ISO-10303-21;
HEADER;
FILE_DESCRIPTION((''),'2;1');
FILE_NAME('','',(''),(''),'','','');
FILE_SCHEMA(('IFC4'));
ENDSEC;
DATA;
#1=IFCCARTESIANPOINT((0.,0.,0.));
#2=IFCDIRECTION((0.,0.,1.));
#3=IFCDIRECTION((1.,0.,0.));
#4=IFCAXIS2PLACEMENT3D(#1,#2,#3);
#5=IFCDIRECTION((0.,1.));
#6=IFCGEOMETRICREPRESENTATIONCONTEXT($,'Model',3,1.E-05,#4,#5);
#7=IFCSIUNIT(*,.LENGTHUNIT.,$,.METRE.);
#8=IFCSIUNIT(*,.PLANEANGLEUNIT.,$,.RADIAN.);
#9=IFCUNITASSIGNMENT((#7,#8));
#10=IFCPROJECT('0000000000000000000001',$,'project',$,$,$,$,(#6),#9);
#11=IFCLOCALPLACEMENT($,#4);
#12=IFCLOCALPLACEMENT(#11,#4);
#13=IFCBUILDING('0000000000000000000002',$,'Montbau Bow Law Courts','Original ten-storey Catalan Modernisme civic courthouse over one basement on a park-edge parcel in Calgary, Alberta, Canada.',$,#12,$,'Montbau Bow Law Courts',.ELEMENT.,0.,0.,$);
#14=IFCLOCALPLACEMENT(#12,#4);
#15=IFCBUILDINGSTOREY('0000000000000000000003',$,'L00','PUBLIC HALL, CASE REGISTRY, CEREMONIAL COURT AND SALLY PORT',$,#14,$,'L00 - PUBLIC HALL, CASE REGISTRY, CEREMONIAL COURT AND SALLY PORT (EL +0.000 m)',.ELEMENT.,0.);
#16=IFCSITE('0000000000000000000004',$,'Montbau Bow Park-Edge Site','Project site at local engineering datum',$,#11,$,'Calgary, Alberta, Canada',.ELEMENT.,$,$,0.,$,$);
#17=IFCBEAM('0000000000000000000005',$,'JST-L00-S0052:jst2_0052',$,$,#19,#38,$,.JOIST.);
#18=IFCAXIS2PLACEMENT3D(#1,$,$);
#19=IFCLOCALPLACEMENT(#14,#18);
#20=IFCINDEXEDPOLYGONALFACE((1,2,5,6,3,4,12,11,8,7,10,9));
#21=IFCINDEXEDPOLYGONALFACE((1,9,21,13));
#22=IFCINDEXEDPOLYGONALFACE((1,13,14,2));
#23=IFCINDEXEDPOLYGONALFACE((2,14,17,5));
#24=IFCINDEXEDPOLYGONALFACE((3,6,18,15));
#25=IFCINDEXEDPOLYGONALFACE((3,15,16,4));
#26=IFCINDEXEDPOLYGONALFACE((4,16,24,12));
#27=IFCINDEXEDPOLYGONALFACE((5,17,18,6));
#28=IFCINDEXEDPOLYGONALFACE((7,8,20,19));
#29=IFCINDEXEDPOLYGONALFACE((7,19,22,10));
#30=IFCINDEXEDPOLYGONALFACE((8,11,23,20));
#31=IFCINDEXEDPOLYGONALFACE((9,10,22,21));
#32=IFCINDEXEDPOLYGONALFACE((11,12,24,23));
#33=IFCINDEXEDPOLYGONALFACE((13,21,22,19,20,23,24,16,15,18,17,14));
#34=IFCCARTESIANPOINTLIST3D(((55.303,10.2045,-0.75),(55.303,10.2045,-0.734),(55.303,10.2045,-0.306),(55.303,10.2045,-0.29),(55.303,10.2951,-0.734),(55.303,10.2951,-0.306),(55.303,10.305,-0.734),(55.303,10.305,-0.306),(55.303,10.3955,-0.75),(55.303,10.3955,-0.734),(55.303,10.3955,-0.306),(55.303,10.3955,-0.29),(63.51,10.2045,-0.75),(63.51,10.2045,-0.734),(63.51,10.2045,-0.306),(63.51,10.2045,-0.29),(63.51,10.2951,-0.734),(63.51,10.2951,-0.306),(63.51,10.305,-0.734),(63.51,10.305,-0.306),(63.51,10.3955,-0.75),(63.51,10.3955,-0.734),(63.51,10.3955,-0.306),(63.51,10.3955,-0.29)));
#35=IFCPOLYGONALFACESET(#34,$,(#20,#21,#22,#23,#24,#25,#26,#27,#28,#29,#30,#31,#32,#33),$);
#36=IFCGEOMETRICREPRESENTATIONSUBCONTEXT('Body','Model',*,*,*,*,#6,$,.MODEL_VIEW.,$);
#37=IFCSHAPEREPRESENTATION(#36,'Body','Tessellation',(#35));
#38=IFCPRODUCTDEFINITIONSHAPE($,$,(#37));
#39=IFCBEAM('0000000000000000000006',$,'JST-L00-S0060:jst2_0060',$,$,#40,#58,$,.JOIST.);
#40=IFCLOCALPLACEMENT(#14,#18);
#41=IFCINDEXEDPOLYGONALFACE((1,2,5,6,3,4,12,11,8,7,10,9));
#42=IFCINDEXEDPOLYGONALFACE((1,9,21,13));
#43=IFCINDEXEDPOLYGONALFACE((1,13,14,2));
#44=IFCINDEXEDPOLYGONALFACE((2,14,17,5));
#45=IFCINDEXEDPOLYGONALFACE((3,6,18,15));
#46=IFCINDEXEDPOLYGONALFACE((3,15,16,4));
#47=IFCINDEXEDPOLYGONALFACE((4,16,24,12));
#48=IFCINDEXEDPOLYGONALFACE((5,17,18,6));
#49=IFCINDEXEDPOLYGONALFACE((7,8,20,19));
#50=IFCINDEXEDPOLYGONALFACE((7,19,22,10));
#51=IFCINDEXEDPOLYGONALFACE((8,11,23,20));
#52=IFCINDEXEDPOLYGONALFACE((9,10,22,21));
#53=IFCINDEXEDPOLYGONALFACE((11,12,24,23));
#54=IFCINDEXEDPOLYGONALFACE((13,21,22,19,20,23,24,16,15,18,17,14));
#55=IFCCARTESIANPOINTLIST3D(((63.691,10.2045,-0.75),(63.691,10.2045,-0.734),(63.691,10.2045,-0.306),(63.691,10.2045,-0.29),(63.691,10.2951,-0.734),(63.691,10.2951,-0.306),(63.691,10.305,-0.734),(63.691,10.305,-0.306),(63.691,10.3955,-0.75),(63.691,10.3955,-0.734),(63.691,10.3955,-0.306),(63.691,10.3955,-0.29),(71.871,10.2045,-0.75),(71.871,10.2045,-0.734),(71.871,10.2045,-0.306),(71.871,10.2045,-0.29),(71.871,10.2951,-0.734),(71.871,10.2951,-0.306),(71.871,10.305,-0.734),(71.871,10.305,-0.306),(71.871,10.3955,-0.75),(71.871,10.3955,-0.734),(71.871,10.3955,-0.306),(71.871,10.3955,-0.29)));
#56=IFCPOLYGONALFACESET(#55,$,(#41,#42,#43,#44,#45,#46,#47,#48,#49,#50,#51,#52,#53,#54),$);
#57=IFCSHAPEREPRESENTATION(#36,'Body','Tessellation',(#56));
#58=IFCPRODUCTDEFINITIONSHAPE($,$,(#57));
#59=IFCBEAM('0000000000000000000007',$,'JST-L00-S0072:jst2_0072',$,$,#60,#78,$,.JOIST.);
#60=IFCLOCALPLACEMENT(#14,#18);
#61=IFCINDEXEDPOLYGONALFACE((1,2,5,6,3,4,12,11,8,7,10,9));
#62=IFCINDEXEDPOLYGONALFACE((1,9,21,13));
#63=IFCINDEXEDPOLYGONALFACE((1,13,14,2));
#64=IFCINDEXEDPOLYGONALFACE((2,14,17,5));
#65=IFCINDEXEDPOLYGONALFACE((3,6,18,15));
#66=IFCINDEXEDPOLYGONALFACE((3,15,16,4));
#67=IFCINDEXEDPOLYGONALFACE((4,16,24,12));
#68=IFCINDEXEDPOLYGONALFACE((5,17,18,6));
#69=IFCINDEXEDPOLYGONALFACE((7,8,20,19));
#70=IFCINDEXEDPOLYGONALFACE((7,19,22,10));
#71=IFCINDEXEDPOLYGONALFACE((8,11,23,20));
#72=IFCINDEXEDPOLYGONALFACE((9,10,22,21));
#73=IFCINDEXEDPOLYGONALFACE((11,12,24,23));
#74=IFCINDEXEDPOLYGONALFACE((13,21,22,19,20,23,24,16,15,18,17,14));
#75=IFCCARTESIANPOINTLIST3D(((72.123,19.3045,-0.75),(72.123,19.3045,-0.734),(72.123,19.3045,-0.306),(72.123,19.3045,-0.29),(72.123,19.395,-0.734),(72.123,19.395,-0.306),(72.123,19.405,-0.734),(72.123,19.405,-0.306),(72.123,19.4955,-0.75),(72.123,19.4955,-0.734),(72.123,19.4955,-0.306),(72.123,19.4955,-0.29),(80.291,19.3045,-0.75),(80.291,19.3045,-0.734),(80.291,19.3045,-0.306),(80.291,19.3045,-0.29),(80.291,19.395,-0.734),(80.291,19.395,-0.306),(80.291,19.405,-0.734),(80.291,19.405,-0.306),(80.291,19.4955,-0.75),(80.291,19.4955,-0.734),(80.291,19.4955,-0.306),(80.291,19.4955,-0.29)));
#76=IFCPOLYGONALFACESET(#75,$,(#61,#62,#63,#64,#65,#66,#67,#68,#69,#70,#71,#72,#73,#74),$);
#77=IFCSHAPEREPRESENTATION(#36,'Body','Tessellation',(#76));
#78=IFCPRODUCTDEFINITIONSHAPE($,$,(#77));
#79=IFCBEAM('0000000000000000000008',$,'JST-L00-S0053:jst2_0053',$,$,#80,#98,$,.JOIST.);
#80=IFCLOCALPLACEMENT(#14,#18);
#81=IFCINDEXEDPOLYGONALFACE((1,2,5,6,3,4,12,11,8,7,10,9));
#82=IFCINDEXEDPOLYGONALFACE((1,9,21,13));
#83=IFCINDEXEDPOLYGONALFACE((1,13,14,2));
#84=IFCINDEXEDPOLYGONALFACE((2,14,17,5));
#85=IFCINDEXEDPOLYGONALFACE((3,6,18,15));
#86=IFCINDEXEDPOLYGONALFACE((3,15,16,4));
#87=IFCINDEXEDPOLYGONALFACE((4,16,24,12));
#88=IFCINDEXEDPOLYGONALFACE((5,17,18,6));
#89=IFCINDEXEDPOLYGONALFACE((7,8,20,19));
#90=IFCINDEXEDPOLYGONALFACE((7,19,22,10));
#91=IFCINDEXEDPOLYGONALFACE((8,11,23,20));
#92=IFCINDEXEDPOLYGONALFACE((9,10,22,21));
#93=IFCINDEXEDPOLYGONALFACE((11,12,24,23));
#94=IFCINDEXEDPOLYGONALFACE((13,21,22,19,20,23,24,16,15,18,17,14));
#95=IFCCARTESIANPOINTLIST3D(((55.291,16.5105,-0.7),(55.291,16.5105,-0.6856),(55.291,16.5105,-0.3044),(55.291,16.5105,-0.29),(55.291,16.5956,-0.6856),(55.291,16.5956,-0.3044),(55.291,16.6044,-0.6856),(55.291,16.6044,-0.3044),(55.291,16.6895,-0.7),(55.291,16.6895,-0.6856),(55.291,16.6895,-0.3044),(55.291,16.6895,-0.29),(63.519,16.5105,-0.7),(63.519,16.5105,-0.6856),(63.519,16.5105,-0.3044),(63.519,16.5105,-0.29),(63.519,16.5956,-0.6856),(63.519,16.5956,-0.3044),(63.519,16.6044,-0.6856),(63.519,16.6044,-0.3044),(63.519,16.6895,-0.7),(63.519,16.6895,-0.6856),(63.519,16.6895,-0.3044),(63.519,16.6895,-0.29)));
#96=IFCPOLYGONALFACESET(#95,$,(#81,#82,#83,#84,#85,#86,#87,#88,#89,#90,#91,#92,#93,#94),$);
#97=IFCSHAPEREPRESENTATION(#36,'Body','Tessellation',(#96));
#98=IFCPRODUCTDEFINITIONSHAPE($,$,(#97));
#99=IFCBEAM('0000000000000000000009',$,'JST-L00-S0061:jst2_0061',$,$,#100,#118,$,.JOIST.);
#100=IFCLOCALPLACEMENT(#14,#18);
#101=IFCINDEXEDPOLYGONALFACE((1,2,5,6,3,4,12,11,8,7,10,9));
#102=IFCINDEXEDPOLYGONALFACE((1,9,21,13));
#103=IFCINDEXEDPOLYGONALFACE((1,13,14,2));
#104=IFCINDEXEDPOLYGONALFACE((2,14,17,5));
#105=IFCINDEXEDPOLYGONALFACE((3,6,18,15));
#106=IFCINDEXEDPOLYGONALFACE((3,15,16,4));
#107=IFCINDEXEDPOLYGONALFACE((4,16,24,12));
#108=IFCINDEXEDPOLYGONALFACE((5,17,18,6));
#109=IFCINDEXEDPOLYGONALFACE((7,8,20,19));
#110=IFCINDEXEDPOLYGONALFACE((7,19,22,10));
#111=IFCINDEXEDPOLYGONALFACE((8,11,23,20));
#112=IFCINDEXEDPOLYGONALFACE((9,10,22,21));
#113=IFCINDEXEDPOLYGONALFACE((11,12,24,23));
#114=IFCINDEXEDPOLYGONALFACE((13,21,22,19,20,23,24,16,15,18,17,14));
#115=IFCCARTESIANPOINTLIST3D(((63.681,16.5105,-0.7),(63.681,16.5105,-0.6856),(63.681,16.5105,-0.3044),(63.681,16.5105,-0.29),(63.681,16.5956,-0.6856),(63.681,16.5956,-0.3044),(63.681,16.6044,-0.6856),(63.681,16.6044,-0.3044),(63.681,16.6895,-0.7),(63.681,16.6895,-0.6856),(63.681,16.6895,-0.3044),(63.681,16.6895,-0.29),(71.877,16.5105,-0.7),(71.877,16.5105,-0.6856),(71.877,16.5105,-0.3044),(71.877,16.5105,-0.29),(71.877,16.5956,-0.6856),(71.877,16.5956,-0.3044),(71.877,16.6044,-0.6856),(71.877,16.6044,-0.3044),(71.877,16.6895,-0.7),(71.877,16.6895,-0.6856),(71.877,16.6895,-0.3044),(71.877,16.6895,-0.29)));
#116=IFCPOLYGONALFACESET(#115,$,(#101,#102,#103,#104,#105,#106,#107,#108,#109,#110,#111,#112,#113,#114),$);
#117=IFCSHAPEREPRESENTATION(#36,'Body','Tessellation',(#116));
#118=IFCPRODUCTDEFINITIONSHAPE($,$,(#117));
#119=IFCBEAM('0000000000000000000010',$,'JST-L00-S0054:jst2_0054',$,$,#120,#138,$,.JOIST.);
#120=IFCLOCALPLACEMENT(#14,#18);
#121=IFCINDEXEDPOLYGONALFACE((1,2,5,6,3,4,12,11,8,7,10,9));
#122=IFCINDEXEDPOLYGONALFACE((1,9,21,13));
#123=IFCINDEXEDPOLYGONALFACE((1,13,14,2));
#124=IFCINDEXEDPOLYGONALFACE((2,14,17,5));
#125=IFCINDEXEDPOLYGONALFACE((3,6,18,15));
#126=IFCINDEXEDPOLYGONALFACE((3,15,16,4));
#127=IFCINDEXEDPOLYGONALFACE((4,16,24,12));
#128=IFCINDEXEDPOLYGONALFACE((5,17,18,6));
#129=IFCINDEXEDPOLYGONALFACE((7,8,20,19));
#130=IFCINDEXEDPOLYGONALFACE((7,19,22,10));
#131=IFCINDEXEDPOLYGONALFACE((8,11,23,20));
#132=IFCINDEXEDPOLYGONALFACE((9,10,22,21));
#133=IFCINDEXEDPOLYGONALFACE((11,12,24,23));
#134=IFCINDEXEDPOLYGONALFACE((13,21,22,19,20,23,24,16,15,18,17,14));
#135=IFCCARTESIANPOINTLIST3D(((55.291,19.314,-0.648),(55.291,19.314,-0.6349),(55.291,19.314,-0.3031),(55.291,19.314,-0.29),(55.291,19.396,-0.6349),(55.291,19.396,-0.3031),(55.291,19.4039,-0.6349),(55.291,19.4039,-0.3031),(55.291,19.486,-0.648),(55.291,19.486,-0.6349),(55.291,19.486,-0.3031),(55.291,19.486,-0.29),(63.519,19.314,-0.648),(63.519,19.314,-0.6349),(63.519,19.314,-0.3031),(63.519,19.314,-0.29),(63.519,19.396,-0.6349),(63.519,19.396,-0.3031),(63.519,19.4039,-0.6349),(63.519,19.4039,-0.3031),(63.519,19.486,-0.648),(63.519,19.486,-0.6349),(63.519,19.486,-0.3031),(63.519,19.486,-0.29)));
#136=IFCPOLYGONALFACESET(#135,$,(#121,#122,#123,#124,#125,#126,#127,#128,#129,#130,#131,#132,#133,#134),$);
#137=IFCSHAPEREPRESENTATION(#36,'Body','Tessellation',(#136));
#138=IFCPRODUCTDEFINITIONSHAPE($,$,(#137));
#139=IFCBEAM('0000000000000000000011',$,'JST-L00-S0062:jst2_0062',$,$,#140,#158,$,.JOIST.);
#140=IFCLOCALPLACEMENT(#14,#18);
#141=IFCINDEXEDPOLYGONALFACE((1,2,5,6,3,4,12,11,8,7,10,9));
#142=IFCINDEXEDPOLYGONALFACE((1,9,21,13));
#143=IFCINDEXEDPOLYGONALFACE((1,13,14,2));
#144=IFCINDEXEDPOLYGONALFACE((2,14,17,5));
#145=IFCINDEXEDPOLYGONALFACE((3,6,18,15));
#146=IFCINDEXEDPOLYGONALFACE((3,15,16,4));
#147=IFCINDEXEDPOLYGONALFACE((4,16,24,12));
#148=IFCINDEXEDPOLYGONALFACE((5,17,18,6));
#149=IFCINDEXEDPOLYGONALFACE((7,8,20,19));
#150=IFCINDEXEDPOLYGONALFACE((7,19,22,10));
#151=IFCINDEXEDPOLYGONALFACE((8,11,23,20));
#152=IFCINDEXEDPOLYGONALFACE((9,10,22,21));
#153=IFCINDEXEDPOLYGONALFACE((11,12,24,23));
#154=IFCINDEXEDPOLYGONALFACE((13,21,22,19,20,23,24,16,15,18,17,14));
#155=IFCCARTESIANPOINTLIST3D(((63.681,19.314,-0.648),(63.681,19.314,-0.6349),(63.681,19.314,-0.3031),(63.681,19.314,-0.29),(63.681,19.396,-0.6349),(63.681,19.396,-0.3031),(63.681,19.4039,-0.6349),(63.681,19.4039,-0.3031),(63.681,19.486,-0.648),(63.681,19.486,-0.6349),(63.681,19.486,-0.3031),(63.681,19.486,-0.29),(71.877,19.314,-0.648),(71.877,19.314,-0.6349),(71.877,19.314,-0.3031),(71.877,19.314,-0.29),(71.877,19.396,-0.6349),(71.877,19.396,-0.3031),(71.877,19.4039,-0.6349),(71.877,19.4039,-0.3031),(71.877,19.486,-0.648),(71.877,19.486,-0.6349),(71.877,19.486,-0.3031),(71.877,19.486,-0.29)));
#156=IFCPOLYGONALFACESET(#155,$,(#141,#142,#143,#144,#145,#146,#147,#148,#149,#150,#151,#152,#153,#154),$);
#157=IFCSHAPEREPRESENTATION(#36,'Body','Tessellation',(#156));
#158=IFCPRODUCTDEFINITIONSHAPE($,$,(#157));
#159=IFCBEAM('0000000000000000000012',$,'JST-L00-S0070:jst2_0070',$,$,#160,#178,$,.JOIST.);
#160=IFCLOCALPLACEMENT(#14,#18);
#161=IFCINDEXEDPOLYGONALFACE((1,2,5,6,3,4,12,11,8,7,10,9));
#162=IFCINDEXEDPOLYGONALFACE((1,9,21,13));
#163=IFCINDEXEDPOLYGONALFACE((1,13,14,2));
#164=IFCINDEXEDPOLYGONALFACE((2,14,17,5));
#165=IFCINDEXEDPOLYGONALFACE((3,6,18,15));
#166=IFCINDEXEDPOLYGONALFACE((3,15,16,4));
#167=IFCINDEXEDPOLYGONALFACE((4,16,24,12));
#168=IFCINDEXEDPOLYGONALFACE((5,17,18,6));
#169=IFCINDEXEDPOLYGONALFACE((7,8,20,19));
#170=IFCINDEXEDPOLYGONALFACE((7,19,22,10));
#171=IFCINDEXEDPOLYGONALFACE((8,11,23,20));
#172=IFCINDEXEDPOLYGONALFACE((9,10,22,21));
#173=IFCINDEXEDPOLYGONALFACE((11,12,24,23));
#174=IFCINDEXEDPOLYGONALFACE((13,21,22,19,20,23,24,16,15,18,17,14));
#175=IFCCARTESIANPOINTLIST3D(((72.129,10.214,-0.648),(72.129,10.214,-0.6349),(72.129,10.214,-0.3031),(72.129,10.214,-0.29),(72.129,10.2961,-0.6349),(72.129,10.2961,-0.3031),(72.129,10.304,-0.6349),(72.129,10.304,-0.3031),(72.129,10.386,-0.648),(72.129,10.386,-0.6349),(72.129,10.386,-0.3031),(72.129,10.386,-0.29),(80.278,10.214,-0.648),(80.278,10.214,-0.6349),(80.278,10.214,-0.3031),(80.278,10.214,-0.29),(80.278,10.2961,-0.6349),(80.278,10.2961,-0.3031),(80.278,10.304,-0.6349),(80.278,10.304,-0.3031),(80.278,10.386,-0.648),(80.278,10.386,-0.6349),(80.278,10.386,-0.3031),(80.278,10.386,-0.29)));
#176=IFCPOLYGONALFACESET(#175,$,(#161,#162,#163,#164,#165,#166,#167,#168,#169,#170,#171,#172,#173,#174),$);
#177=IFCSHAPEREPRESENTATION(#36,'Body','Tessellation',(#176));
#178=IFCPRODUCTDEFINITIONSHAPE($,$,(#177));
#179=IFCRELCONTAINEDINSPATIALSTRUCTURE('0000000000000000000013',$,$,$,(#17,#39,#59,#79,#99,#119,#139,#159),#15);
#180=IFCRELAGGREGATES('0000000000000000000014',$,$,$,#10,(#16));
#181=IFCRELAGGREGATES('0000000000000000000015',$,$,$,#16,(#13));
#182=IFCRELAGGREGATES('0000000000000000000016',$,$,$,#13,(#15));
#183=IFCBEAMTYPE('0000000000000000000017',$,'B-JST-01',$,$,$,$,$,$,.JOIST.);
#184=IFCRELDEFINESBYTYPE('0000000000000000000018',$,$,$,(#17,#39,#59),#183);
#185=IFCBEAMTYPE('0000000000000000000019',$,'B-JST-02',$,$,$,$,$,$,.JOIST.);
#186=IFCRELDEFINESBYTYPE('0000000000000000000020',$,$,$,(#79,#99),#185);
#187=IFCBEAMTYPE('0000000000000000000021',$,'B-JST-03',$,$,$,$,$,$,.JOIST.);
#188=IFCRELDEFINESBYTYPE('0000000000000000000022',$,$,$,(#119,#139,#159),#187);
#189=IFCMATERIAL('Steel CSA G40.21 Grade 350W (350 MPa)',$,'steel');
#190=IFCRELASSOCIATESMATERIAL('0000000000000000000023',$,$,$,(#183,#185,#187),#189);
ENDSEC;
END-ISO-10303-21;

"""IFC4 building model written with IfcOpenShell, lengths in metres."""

from ifc_helpers import new_model, si_unit, direction, frame, origin_with_axes, origin_2d_with_axis, place, context, subcontext, project, spatial, i_section, extrude, material, material_profile, profile_set, type_object, element, save


model = new_model("IFC4")

# Units and contexts
model_context = context("Model", 3, precision=1e-05, world=origin_with_axes(), true_north=direction((0.0, 1.0)))
body_context = subcontext(model_context, "Body", "Model", "MODEL_VIEW")
ifc_project = project(units=[si_unit("LENGTHUNIT", "METRE"), si_unit("PLANEANGLEUNIT", "RADIAN")], contexts=[model_context])

# Site, building, storey
site_placement = place(None, origin_with_axes())
site = spatial("IfcSite", under=ifc_project, at=site_placement, Name="Montbau Bow Park-Edge Site", Description="Project site at local engineering datum", LongName="Calgary, Alberta, Canada", CompositionType="ELEMENT", RefElevation=0.0)
building_placement = place(site_placement, origin_with_axes())
building = spatial("IfcBuilding", under=site, at=building_placement, Name="Montbau Bow Law Courts", Description="Original ten-storey Catalan Modernisme civic courthouse over one basement on a park-edge parcel in Calgary, Alberta, Canada.", LongName="Montbau Bow Law Courts", CompositionType="ELEMENT", ElevationOfRefHeight=0.0, ElevationOfTerrain=0.0)
storey_placement = place(building_placement, origin_with_axes())
storey = spatial("IfcBuildingStorey", under=building, at=storey_placement, Name="L00", Description="PUBLIC HALL, CASE REGISTRY, CEREMONIAL COURT AND SALLY PORT", LongName="L00 - PUBLIC HALL, CASE REGISTRY, CEREMONIAL COURT AND SALLY PORT (EL +0.000 m)", CompositionType="ELEMENT", Elevation=0.0)

# Beams
ifc_material_1 = material(Name="Steel CSA G40.21 Grade 350W (350 MPa)", Category="steel")
ifc_material_profile_1 = material_profile(ifc_material_1, i_section(OverallWidth=0.191, OverallDepth=0.46, WebThickness=0.0099, FlangeThickness=0.016, at=origin_2d_with_axis()), Name="W460X82", Category="Main", Priority=0)
ifc_profile_set_1 = profile_set([ifc_material_profile_1], Name="Steel CSA G40.21 Grade 350W (350 MPa)")
beam_type_1 = type_object("IfcBeamType", Name="B-JST-01", PredefinedType="JOIST", material=ifc_profile_set_1)
beam_1_placement = place(None, frame((55.303, 10.3, -0.52), z_axis=(1.0, 0.0, 0.0), x_axis=(0.0, 1.0, 0.0)))
element("IfcBeam", 1, at=beam_1_placement, inside=storey, type_object=beam_type_1, Name="JST-L00-S0052:jst2_0052", PredefinedType="JOIST", context=body_context, shape_type="SweptSolid", body=[
    extrude(i_section(OverallWidth=0.191, OverallDepth=0.46, WebThickness=0.0099, FlangeThickness=0.016, at=origin_2d_with_axis()), origin_with_axes(), (0.0, 0.0, 1.0), 8.207),
])
beam_2_placement = place(None, frame((63.691, 10.3, -0.52), z_axis=(1.0, 0.0, 0.0), x_axis=(0.0, 1.0, 0.0)))
element("IfcBeam", 2, at=beam_2_placement, inside=storey, type_object=beam_type_1, Name="JST-L00-S0060:jst2_0060", PredefinedType="JOIST", context=body_context, shape_type="SweptSolid", body=[
    extrude(i_section(OverallWidth=0.191, OverallDepth=0.46, WebThickness=0.0099, FlangeThickness=0.016, at=origin_2d_with_axis()), origin_with_axes(), (0.0, 0.0, 1.0), 8.18),
])
beam_3_placement = place(None, frame((72.123, 19.4, -0.52), z_axis=(1.0, 0.0, 0.0), x_axis=(0.0, 1.0, 0.0)))
element("IfcBeam", 3, at=beam_3_placement, inside=storey, type_object=beam_type_1, Name="JST-L00-S0072:jst2_0072", PredefinedType="JOIST", context=body_context, shape_type="SweptSolid", body=[
    extrude(i_section(OverallWidth=0.191, OverallDepth=0.46, WebThickness=0.0099, FlangeThickness=0.016, at=origin_2d_with_axis()), origin_with_axes(), (0.0, 0.0, 1.0), 8.168),
])
ifc_material_profile_2 = material_profile(ifc_material_1, i_section(OverallWidth=0.179, OverallDepth=0.41, WebThickness=0.0088, FlangeThickness=0.0144, at=origin_2d_with_axis()), Name="W410X67", Category="Main", Priority=0)
ifc_profile_set_2 = profile_set([ifc_material_profile_2], Name="Steel CSA G40.21 Grade 350W (350 MPa)")
beam_type_2 = type_object("IfcBeamType", Name="B-JST-02", PredefinedType="JOIST", material=ifc_profile_set_2)
beam_4_placement = place(None, frame((55.291, 16.6, -0.495), z_axis=(1.0, 0.0, 0.0), x_axis=(0.0, 1.0, 0.0)))
element("IfcBeam", 4, at=beam_4_placement, inside=storey, type_object=beam_type_2, Name="JST-L00-S0053:jst2_0053", PredefinedType="JOIST", context=body_context, shape_type="SweptSolid", body=[
    extrude(i_section(OverallWidth=0.179, OverallDepth=0.41, WebThickness=0.0088, FlangeThickness=0.0144, at=origin_2d_with_axis()), origin_with_axes(), (0.0, 0.0, 1.0), 8.228),
])
beam_5_placement = place(None, frame((63.681, 16.6, -0.495), z_axis=(1.0, 0.0, 0.0), x_axis=(0.0, 1.0, 0.0)))
element("IfcBeam", 5, at=beam_5_placement, inside=storey, type_object=beam_type_2, Name="JST-L00-S0061:jst2_0061", PredefinedType="JOIST", context=body_context, shape_type="SweptSolid", body=[
    extrude(i_section(OverallWidth=0.179, OverallDepth=0.41, WebThickness=0.0088, FlangeThickness=0.0144, at=origin_2d_with_axis()), origin_with_axes(), (0.0, 0.0, 1.0), 8.196),
])
ifc_material_profile_3 = material_profile(ifc_material_1, i_section(OverallWidth=0.172, OverallDepth=0.358, WebThickness=0.0079, FlangeThickness=0.0131, at=origin_2d_with_axis()), Name="W360X57", Category="Main", Priority=0)
ifc_profile_set_3 = profile_set([ifc_material_profile_3], Name="Steel CSA G40.21 Grade 350W (350 MPa)")
beam_type_3 = type_object("IfcBeamType", Name="B-JST-03", PredefinedType="JOIST", material=ifc_profile_set_3)
beam_6_placement = place(None, frame((55.291, 19.4, -0.469), z_axis=(1.0, 0.0, 0.0), x_axis=(0.0, 1.0, 0.0)))
element("IfcBeam", 6, at=beam_6_placement, inside=storey, type_object=beam_type_3, Name="JST-L00-S0054:jst2_0054", PredefinedType="JOIST", context=body_context, shape_type="SweptSolid", body=[
    extrude(i_section(OverallWidth=0.172, OverallDepth=0.358, WebThickness=0.0079, FlangeThickness=0.0131, at=origin_2d_with_axis()), origin_with_axes(), (0.0, 0.0, 1.0), 8.228),
])
beam_7_placement = place(None, frame((63.681, 19.4, -0.469), z_axis=(1.0, 0.0, 0.0), x_axis=(0.0, 1.0, 0.0)))
element("IfcBeam", 7, at=beam_7_placement, inside=storey, type_object=beam_type_3, Name="JST-L00-S0062:jst2_0062", PredefinedType="JOIST", context=body_context, shape_type="SweptSolid", body=[
    extrude(i_section(OverallWidth=0.172, OverallDepth=0.358, WebThickness=0.0079, FlangeThickness=0.0131, at=origin_2d_with_axis()), origin_with_axes(), (0.0, 0.0, 1.0), 8.196),
])
beam_8_placement = place(None, frame((72.129, 10.3, -0.469), z_axis=(1.0, 0.0, 0.0), x_axis=(0.0, 1.0, 0.0)))
element("IfcBeam", 8, at=beam_8_placement, inside=storey, type_object=beam_type_3, Name="JST-L00-S0070:jst2_0070", PredefinedType="JOIST", context=body_context, shape_type="SweptSolid", body=[
    extrude(i_section(OverallWidth=0.172, OverallDepth=0.358, WebThickness=0.0079, FlangeThickness=0.0131, at=origin_2d_with_axis()), origin_with_axes(), (0.0, 0.0, 1.0), 8.149),
])

save(model, "model.ifc")
